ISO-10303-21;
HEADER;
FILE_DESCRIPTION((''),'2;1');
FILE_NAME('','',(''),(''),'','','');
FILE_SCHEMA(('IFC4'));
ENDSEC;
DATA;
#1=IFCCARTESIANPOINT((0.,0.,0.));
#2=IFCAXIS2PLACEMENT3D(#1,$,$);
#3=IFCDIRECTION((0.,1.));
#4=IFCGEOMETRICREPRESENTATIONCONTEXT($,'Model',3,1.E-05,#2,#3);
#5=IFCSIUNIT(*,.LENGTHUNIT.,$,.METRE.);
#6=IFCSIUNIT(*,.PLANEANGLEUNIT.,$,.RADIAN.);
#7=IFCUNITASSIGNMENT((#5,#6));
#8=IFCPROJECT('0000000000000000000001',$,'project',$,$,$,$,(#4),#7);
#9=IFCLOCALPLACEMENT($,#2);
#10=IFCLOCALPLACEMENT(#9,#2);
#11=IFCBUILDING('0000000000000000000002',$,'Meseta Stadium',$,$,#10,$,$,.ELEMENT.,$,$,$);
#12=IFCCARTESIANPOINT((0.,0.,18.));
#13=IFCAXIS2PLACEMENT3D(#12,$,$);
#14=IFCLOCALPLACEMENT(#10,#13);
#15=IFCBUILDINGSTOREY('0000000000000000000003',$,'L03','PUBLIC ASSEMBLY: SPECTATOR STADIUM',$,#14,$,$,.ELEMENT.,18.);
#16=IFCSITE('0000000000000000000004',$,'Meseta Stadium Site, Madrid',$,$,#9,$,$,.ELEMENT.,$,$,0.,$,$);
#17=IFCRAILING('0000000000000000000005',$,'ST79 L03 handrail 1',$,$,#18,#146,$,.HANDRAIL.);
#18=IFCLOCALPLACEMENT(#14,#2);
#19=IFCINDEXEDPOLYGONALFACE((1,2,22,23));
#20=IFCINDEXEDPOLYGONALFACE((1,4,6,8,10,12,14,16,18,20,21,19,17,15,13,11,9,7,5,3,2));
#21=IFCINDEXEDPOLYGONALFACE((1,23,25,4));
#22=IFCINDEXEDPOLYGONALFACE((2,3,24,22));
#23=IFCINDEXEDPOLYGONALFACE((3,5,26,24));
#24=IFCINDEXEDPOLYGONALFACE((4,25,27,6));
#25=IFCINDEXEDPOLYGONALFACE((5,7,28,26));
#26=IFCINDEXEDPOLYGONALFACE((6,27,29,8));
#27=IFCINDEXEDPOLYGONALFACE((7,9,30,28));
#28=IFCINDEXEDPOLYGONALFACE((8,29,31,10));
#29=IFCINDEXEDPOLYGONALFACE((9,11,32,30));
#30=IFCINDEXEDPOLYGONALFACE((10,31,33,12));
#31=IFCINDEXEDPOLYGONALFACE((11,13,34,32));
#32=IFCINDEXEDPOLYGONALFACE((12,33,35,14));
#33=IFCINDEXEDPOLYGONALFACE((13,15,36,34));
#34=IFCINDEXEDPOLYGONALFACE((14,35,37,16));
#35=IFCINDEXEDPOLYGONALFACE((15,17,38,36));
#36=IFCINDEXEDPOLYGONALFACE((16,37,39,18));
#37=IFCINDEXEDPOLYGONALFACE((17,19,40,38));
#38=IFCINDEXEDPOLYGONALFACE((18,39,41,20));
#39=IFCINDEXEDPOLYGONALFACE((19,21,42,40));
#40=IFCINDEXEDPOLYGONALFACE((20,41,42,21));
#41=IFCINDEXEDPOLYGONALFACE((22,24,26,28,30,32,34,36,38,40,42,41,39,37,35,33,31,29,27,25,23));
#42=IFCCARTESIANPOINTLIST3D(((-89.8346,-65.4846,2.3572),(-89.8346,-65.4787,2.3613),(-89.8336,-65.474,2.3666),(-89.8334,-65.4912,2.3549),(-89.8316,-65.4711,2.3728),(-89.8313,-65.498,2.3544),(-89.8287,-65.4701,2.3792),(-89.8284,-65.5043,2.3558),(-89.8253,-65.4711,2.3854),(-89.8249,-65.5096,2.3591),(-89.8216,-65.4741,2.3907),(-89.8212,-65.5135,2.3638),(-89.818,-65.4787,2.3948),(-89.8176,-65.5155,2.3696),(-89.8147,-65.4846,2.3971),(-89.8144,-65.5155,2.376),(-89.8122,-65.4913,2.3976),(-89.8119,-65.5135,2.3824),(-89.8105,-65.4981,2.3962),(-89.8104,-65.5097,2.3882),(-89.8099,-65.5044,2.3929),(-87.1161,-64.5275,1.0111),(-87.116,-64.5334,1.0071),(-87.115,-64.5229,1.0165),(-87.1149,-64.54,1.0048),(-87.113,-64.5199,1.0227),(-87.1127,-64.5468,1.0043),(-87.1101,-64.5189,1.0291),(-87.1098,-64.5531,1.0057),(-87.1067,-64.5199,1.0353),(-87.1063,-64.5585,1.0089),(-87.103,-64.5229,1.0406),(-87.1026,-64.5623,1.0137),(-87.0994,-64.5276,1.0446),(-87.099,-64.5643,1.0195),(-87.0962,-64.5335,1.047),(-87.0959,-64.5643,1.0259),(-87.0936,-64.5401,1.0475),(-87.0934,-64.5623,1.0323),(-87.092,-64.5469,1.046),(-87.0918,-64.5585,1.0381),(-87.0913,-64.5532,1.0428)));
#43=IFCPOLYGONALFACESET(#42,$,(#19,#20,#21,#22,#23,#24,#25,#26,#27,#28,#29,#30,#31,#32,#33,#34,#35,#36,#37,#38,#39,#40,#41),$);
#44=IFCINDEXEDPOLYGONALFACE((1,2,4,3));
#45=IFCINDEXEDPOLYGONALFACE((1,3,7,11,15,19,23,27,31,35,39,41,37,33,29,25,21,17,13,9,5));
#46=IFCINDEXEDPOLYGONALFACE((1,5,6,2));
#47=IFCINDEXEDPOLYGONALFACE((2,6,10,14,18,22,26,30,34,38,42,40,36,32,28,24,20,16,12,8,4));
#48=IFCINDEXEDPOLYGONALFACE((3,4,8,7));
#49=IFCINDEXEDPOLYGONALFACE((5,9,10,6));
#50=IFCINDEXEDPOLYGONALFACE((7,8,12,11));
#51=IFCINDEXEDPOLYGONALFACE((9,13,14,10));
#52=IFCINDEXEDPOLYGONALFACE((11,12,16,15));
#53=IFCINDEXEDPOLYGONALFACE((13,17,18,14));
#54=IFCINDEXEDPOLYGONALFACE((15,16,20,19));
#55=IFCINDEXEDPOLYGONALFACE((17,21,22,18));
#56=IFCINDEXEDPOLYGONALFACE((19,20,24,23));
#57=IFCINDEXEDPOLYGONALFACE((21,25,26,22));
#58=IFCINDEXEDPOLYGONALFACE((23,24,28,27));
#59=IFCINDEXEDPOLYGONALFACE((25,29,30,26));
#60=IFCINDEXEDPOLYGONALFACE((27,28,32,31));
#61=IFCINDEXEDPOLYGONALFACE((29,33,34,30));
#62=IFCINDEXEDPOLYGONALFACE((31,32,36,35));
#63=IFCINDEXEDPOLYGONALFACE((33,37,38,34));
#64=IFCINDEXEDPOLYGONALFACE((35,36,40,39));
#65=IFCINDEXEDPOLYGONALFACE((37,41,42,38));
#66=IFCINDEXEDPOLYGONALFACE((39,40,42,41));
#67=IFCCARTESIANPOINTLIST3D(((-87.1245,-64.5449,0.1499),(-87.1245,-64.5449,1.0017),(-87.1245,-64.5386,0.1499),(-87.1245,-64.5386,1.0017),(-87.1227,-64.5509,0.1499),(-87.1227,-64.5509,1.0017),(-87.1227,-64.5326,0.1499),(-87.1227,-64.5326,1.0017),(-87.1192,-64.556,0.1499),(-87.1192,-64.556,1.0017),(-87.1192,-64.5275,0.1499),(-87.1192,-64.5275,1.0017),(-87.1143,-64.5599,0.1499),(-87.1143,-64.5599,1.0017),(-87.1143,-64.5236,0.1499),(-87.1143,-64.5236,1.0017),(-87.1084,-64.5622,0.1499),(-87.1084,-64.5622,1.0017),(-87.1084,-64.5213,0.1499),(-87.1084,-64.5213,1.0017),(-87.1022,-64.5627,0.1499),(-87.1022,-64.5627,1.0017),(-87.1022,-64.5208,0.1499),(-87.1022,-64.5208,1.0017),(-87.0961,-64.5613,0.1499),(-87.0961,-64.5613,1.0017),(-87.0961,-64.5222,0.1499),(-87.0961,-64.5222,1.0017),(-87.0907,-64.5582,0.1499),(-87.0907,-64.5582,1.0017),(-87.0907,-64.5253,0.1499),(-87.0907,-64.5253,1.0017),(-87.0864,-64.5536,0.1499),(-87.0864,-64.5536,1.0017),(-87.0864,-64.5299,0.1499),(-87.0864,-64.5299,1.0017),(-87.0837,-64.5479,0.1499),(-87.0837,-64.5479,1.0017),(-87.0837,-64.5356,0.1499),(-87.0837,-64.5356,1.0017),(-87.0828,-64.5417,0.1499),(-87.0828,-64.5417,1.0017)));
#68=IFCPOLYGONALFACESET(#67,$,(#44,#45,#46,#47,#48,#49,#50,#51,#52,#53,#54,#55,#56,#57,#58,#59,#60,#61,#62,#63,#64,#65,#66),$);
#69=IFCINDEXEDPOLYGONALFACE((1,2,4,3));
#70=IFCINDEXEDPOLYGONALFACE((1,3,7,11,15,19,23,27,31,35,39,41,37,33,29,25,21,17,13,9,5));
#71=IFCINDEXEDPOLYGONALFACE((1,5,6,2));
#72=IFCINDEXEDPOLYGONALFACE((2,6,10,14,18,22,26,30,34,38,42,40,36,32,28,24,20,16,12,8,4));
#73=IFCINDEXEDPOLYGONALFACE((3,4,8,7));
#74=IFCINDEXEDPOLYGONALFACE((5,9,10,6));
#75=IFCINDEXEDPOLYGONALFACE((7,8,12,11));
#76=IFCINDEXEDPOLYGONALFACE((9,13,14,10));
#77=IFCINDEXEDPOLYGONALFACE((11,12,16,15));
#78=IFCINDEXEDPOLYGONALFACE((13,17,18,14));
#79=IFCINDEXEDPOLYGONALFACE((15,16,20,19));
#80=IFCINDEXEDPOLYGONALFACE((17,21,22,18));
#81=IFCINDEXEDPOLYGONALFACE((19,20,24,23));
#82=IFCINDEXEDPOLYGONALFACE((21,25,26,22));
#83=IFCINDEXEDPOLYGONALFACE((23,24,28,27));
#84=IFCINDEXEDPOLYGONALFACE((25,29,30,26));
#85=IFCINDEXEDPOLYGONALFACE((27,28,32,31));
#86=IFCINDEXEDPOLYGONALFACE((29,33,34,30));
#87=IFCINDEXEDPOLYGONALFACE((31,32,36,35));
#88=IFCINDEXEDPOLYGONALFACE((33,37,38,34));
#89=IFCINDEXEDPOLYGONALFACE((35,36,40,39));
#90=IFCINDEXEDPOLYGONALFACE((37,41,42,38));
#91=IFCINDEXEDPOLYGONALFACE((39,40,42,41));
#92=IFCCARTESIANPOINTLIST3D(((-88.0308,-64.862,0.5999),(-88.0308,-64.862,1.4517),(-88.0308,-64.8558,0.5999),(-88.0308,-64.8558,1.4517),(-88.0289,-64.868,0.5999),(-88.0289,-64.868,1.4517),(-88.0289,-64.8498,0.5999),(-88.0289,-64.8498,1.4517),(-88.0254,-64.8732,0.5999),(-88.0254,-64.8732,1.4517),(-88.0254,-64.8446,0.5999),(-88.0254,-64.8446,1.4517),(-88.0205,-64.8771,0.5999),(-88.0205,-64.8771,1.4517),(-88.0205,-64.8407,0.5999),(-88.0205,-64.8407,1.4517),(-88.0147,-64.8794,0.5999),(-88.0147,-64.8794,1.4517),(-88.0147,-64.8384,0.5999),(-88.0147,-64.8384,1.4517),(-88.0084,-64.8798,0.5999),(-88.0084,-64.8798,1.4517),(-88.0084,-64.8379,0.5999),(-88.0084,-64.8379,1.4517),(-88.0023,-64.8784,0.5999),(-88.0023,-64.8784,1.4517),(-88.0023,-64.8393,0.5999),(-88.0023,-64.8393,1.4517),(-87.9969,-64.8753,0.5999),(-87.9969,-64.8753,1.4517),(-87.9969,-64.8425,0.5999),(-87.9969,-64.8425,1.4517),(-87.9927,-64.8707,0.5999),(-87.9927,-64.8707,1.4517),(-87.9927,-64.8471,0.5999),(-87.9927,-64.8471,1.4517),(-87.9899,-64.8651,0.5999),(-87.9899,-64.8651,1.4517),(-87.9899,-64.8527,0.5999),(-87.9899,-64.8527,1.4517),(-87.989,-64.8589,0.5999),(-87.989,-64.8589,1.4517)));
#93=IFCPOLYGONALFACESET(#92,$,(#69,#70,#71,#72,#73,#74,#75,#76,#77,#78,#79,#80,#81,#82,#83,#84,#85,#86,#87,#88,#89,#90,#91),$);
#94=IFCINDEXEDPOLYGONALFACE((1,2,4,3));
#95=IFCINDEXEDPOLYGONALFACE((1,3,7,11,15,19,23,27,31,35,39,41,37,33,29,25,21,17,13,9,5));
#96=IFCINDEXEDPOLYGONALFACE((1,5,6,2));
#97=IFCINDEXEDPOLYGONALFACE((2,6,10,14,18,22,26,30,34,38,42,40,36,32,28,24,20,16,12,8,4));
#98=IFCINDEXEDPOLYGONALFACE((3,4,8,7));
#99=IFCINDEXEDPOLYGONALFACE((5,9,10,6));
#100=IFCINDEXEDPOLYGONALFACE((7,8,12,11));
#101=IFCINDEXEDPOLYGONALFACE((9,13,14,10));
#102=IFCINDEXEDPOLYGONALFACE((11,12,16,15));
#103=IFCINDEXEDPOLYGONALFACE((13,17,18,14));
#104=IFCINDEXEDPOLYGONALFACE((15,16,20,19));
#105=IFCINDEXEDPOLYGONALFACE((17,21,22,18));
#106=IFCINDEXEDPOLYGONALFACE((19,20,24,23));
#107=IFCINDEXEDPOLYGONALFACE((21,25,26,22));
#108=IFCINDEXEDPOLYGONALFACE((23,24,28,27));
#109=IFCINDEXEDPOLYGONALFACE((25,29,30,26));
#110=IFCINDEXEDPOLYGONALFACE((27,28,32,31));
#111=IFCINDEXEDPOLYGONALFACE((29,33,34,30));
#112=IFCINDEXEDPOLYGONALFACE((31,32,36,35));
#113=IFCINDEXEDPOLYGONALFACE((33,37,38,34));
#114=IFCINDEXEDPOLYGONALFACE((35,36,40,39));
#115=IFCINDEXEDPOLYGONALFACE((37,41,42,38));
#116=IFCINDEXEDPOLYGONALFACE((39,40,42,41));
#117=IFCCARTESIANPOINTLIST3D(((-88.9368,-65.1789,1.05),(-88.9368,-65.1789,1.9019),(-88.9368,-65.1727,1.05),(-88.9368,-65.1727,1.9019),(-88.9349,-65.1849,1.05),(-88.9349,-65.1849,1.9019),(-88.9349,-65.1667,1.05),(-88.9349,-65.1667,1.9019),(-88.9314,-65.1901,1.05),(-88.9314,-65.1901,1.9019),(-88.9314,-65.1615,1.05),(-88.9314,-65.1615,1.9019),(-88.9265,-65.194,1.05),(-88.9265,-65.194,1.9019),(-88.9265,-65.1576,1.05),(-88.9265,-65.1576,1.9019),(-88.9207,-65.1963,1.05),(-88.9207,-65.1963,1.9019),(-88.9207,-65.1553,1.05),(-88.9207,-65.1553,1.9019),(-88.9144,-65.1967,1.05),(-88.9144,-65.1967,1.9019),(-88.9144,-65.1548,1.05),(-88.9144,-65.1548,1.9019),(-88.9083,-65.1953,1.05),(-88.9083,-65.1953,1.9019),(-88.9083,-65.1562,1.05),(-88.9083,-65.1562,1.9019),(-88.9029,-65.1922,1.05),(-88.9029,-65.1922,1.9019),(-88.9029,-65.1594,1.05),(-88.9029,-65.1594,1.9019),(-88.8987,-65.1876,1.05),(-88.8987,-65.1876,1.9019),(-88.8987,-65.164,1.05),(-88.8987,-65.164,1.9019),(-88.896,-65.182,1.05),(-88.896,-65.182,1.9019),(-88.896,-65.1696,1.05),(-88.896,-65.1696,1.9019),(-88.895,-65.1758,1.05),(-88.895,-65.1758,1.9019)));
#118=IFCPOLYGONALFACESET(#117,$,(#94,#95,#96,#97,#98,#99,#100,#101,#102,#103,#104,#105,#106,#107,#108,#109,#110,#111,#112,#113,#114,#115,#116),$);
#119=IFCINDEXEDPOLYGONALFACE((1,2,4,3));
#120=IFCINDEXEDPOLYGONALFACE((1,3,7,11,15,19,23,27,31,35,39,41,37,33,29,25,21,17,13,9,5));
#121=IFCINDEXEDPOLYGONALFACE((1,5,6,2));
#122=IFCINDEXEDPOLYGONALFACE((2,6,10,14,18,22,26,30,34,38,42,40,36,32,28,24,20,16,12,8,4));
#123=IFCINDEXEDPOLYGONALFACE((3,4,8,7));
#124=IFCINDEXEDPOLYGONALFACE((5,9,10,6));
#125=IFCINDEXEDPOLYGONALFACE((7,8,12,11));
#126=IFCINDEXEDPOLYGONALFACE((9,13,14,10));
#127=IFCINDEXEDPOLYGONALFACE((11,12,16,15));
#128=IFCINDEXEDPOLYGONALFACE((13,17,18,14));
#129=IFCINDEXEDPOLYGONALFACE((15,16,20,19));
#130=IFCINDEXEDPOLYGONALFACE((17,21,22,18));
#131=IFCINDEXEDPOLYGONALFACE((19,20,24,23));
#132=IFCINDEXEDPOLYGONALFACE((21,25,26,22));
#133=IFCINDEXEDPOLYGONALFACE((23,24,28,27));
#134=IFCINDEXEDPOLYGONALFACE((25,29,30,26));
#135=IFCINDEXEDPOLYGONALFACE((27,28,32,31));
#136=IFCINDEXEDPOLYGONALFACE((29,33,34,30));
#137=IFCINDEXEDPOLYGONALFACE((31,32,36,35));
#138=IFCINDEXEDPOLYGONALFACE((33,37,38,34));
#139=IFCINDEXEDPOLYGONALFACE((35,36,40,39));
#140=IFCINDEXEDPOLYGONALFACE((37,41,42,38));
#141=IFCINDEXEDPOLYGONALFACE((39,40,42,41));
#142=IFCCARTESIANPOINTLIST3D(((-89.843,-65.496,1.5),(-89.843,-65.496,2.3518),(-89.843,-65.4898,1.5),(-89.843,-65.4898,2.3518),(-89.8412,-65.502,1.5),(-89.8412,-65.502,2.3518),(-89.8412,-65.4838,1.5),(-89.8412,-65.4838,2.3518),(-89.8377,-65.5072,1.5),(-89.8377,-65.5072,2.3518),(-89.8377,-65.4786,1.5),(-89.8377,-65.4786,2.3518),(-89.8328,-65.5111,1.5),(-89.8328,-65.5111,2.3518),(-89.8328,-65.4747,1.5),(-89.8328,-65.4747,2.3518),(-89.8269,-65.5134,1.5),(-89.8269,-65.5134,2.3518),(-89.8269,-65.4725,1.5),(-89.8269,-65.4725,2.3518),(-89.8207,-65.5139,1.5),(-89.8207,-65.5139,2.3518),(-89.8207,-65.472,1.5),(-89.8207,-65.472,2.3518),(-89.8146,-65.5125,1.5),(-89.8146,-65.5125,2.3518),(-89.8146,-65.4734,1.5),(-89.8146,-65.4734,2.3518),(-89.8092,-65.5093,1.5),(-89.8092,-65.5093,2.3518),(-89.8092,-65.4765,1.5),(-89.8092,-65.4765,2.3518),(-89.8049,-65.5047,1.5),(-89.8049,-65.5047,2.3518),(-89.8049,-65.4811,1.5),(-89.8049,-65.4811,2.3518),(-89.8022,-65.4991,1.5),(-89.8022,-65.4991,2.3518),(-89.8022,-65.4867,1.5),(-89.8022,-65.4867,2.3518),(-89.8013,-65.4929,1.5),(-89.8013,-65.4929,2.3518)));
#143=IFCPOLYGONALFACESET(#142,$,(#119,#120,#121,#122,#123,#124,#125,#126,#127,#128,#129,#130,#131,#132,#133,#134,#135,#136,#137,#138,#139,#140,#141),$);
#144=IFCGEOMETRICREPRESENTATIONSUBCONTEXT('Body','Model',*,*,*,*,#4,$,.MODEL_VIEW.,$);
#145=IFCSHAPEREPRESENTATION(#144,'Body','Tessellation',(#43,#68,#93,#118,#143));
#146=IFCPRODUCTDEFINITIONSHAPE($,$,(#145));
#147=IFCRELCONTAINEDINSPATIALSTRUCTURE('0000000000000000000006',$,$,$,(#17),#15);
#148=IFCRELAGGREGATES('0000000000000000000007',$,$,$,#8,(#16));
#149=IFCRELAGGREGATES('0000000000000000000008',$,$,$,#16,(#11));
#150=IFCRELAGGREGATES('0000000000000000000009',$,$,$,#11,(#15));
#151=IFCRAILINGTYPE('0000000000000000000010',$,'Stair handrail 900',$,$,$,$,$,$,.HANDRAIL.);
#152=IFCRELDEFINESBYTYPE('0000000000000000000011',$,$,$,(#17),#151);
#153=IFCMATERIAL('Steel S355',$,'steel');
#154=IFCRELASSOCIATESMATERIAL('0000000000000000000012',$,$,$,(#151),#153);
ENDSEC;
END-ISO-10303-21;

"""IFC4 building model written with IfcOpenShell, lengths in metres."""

from ifc_helpers import new_model, si_unit, direction, frame, origin, origin_2d, place, context, subcontext, project, spatial, circle, extrude, material, type_object, element, save


model = new_model("IFC4")

# Units and contexts
model_context = context("Model", 3, precision=1e-05, world=origin(), true_north=direction((0.0, 1.0)))
body_context = subcontext(model_context, "Body", "Model", "MODEL_VIEW")
ifc_project = project(units=[si_unit("LENGTHUNIT", "METRE"), si_unit("PLANEANGLEUNIT", "RADIAN")], contexts=[model_context])

# Site, building, storey
site_placement = place(None, origin())
site = spatial("IfcSite", under=ifc_project, at=site_placement, Name="Meseta Stadium Site, Madrid", CompositionType="ELEMENT", RefElevation=0.0)
building_placement = place(site_placement, origin())
building = spatial("IfcBuilding", under=site, at=building_placement, Name="Meseta Stadium", CompositionType="ELEMENT")
storey_placement = place(building_placement, frame((0.0, 0.0, 18.0)))
storey = spatial("IfcBuildingStorey", under=building, at=storey_placement, Name="L03", Description="PUBLIC ASSEMBLY: SPECTATOR STADIUM", CompositionType="ELEMENT", Elevation=18.0)

# Railing
ifc_material_1 = material(Name="Steel S355", Category="steel")
railing_type_1 = type_object("IfcRailingType", Name="Stair handrail 900", PredefinedType="HANDRAIL", material=ifc_material_1)
for number, where, name in (
    (1, (-87.1038, -64.5417, 0.1499), "ST79 L03 handrail 1"),
):
    element("IfcRailing", number, at=place(storey_placement, frame(where)), inside=storey, type_object=railing_type_1, Name=name, PredefinedType="HANDRAIL", context=body_context, shape_type="SweptSolid", body=[
        extrude(circle(Radius=0.0239, at=origin_2d()), frame((0.0, 0.0, 0.876), z_axis=(-0.854649, -0.299031, 0.424446), x_axis=(0.330256, -0.943891, 0.0)), (0.0, 0.0, 1.0), 3.1809),
        extrude(circle(Radius=0.021, at=origin_2d()), origin(), (0.0, 0.0, 1.0), 0.8518),
        extrude(circle(Radius=0.021, at=origin_2d()), frame((-0.9062, -0.3171, 0.45)), (0.0, 0.0, 1.0), 0.8518),
        extrude(circle(Radius=0.021, at=origin_2d()), frame((-1.8123, -0.634, 0.9001)), (0.0, 0.0, 1.0), 0.8518),
        extrude(circle(Radius=0.021, at=origin_2d()), frame((-2.7185, -0.9512, 1.3501)), (0.0, 0.0, 1.0), 0.8518),
    ])

save(model, "model.ifc")
